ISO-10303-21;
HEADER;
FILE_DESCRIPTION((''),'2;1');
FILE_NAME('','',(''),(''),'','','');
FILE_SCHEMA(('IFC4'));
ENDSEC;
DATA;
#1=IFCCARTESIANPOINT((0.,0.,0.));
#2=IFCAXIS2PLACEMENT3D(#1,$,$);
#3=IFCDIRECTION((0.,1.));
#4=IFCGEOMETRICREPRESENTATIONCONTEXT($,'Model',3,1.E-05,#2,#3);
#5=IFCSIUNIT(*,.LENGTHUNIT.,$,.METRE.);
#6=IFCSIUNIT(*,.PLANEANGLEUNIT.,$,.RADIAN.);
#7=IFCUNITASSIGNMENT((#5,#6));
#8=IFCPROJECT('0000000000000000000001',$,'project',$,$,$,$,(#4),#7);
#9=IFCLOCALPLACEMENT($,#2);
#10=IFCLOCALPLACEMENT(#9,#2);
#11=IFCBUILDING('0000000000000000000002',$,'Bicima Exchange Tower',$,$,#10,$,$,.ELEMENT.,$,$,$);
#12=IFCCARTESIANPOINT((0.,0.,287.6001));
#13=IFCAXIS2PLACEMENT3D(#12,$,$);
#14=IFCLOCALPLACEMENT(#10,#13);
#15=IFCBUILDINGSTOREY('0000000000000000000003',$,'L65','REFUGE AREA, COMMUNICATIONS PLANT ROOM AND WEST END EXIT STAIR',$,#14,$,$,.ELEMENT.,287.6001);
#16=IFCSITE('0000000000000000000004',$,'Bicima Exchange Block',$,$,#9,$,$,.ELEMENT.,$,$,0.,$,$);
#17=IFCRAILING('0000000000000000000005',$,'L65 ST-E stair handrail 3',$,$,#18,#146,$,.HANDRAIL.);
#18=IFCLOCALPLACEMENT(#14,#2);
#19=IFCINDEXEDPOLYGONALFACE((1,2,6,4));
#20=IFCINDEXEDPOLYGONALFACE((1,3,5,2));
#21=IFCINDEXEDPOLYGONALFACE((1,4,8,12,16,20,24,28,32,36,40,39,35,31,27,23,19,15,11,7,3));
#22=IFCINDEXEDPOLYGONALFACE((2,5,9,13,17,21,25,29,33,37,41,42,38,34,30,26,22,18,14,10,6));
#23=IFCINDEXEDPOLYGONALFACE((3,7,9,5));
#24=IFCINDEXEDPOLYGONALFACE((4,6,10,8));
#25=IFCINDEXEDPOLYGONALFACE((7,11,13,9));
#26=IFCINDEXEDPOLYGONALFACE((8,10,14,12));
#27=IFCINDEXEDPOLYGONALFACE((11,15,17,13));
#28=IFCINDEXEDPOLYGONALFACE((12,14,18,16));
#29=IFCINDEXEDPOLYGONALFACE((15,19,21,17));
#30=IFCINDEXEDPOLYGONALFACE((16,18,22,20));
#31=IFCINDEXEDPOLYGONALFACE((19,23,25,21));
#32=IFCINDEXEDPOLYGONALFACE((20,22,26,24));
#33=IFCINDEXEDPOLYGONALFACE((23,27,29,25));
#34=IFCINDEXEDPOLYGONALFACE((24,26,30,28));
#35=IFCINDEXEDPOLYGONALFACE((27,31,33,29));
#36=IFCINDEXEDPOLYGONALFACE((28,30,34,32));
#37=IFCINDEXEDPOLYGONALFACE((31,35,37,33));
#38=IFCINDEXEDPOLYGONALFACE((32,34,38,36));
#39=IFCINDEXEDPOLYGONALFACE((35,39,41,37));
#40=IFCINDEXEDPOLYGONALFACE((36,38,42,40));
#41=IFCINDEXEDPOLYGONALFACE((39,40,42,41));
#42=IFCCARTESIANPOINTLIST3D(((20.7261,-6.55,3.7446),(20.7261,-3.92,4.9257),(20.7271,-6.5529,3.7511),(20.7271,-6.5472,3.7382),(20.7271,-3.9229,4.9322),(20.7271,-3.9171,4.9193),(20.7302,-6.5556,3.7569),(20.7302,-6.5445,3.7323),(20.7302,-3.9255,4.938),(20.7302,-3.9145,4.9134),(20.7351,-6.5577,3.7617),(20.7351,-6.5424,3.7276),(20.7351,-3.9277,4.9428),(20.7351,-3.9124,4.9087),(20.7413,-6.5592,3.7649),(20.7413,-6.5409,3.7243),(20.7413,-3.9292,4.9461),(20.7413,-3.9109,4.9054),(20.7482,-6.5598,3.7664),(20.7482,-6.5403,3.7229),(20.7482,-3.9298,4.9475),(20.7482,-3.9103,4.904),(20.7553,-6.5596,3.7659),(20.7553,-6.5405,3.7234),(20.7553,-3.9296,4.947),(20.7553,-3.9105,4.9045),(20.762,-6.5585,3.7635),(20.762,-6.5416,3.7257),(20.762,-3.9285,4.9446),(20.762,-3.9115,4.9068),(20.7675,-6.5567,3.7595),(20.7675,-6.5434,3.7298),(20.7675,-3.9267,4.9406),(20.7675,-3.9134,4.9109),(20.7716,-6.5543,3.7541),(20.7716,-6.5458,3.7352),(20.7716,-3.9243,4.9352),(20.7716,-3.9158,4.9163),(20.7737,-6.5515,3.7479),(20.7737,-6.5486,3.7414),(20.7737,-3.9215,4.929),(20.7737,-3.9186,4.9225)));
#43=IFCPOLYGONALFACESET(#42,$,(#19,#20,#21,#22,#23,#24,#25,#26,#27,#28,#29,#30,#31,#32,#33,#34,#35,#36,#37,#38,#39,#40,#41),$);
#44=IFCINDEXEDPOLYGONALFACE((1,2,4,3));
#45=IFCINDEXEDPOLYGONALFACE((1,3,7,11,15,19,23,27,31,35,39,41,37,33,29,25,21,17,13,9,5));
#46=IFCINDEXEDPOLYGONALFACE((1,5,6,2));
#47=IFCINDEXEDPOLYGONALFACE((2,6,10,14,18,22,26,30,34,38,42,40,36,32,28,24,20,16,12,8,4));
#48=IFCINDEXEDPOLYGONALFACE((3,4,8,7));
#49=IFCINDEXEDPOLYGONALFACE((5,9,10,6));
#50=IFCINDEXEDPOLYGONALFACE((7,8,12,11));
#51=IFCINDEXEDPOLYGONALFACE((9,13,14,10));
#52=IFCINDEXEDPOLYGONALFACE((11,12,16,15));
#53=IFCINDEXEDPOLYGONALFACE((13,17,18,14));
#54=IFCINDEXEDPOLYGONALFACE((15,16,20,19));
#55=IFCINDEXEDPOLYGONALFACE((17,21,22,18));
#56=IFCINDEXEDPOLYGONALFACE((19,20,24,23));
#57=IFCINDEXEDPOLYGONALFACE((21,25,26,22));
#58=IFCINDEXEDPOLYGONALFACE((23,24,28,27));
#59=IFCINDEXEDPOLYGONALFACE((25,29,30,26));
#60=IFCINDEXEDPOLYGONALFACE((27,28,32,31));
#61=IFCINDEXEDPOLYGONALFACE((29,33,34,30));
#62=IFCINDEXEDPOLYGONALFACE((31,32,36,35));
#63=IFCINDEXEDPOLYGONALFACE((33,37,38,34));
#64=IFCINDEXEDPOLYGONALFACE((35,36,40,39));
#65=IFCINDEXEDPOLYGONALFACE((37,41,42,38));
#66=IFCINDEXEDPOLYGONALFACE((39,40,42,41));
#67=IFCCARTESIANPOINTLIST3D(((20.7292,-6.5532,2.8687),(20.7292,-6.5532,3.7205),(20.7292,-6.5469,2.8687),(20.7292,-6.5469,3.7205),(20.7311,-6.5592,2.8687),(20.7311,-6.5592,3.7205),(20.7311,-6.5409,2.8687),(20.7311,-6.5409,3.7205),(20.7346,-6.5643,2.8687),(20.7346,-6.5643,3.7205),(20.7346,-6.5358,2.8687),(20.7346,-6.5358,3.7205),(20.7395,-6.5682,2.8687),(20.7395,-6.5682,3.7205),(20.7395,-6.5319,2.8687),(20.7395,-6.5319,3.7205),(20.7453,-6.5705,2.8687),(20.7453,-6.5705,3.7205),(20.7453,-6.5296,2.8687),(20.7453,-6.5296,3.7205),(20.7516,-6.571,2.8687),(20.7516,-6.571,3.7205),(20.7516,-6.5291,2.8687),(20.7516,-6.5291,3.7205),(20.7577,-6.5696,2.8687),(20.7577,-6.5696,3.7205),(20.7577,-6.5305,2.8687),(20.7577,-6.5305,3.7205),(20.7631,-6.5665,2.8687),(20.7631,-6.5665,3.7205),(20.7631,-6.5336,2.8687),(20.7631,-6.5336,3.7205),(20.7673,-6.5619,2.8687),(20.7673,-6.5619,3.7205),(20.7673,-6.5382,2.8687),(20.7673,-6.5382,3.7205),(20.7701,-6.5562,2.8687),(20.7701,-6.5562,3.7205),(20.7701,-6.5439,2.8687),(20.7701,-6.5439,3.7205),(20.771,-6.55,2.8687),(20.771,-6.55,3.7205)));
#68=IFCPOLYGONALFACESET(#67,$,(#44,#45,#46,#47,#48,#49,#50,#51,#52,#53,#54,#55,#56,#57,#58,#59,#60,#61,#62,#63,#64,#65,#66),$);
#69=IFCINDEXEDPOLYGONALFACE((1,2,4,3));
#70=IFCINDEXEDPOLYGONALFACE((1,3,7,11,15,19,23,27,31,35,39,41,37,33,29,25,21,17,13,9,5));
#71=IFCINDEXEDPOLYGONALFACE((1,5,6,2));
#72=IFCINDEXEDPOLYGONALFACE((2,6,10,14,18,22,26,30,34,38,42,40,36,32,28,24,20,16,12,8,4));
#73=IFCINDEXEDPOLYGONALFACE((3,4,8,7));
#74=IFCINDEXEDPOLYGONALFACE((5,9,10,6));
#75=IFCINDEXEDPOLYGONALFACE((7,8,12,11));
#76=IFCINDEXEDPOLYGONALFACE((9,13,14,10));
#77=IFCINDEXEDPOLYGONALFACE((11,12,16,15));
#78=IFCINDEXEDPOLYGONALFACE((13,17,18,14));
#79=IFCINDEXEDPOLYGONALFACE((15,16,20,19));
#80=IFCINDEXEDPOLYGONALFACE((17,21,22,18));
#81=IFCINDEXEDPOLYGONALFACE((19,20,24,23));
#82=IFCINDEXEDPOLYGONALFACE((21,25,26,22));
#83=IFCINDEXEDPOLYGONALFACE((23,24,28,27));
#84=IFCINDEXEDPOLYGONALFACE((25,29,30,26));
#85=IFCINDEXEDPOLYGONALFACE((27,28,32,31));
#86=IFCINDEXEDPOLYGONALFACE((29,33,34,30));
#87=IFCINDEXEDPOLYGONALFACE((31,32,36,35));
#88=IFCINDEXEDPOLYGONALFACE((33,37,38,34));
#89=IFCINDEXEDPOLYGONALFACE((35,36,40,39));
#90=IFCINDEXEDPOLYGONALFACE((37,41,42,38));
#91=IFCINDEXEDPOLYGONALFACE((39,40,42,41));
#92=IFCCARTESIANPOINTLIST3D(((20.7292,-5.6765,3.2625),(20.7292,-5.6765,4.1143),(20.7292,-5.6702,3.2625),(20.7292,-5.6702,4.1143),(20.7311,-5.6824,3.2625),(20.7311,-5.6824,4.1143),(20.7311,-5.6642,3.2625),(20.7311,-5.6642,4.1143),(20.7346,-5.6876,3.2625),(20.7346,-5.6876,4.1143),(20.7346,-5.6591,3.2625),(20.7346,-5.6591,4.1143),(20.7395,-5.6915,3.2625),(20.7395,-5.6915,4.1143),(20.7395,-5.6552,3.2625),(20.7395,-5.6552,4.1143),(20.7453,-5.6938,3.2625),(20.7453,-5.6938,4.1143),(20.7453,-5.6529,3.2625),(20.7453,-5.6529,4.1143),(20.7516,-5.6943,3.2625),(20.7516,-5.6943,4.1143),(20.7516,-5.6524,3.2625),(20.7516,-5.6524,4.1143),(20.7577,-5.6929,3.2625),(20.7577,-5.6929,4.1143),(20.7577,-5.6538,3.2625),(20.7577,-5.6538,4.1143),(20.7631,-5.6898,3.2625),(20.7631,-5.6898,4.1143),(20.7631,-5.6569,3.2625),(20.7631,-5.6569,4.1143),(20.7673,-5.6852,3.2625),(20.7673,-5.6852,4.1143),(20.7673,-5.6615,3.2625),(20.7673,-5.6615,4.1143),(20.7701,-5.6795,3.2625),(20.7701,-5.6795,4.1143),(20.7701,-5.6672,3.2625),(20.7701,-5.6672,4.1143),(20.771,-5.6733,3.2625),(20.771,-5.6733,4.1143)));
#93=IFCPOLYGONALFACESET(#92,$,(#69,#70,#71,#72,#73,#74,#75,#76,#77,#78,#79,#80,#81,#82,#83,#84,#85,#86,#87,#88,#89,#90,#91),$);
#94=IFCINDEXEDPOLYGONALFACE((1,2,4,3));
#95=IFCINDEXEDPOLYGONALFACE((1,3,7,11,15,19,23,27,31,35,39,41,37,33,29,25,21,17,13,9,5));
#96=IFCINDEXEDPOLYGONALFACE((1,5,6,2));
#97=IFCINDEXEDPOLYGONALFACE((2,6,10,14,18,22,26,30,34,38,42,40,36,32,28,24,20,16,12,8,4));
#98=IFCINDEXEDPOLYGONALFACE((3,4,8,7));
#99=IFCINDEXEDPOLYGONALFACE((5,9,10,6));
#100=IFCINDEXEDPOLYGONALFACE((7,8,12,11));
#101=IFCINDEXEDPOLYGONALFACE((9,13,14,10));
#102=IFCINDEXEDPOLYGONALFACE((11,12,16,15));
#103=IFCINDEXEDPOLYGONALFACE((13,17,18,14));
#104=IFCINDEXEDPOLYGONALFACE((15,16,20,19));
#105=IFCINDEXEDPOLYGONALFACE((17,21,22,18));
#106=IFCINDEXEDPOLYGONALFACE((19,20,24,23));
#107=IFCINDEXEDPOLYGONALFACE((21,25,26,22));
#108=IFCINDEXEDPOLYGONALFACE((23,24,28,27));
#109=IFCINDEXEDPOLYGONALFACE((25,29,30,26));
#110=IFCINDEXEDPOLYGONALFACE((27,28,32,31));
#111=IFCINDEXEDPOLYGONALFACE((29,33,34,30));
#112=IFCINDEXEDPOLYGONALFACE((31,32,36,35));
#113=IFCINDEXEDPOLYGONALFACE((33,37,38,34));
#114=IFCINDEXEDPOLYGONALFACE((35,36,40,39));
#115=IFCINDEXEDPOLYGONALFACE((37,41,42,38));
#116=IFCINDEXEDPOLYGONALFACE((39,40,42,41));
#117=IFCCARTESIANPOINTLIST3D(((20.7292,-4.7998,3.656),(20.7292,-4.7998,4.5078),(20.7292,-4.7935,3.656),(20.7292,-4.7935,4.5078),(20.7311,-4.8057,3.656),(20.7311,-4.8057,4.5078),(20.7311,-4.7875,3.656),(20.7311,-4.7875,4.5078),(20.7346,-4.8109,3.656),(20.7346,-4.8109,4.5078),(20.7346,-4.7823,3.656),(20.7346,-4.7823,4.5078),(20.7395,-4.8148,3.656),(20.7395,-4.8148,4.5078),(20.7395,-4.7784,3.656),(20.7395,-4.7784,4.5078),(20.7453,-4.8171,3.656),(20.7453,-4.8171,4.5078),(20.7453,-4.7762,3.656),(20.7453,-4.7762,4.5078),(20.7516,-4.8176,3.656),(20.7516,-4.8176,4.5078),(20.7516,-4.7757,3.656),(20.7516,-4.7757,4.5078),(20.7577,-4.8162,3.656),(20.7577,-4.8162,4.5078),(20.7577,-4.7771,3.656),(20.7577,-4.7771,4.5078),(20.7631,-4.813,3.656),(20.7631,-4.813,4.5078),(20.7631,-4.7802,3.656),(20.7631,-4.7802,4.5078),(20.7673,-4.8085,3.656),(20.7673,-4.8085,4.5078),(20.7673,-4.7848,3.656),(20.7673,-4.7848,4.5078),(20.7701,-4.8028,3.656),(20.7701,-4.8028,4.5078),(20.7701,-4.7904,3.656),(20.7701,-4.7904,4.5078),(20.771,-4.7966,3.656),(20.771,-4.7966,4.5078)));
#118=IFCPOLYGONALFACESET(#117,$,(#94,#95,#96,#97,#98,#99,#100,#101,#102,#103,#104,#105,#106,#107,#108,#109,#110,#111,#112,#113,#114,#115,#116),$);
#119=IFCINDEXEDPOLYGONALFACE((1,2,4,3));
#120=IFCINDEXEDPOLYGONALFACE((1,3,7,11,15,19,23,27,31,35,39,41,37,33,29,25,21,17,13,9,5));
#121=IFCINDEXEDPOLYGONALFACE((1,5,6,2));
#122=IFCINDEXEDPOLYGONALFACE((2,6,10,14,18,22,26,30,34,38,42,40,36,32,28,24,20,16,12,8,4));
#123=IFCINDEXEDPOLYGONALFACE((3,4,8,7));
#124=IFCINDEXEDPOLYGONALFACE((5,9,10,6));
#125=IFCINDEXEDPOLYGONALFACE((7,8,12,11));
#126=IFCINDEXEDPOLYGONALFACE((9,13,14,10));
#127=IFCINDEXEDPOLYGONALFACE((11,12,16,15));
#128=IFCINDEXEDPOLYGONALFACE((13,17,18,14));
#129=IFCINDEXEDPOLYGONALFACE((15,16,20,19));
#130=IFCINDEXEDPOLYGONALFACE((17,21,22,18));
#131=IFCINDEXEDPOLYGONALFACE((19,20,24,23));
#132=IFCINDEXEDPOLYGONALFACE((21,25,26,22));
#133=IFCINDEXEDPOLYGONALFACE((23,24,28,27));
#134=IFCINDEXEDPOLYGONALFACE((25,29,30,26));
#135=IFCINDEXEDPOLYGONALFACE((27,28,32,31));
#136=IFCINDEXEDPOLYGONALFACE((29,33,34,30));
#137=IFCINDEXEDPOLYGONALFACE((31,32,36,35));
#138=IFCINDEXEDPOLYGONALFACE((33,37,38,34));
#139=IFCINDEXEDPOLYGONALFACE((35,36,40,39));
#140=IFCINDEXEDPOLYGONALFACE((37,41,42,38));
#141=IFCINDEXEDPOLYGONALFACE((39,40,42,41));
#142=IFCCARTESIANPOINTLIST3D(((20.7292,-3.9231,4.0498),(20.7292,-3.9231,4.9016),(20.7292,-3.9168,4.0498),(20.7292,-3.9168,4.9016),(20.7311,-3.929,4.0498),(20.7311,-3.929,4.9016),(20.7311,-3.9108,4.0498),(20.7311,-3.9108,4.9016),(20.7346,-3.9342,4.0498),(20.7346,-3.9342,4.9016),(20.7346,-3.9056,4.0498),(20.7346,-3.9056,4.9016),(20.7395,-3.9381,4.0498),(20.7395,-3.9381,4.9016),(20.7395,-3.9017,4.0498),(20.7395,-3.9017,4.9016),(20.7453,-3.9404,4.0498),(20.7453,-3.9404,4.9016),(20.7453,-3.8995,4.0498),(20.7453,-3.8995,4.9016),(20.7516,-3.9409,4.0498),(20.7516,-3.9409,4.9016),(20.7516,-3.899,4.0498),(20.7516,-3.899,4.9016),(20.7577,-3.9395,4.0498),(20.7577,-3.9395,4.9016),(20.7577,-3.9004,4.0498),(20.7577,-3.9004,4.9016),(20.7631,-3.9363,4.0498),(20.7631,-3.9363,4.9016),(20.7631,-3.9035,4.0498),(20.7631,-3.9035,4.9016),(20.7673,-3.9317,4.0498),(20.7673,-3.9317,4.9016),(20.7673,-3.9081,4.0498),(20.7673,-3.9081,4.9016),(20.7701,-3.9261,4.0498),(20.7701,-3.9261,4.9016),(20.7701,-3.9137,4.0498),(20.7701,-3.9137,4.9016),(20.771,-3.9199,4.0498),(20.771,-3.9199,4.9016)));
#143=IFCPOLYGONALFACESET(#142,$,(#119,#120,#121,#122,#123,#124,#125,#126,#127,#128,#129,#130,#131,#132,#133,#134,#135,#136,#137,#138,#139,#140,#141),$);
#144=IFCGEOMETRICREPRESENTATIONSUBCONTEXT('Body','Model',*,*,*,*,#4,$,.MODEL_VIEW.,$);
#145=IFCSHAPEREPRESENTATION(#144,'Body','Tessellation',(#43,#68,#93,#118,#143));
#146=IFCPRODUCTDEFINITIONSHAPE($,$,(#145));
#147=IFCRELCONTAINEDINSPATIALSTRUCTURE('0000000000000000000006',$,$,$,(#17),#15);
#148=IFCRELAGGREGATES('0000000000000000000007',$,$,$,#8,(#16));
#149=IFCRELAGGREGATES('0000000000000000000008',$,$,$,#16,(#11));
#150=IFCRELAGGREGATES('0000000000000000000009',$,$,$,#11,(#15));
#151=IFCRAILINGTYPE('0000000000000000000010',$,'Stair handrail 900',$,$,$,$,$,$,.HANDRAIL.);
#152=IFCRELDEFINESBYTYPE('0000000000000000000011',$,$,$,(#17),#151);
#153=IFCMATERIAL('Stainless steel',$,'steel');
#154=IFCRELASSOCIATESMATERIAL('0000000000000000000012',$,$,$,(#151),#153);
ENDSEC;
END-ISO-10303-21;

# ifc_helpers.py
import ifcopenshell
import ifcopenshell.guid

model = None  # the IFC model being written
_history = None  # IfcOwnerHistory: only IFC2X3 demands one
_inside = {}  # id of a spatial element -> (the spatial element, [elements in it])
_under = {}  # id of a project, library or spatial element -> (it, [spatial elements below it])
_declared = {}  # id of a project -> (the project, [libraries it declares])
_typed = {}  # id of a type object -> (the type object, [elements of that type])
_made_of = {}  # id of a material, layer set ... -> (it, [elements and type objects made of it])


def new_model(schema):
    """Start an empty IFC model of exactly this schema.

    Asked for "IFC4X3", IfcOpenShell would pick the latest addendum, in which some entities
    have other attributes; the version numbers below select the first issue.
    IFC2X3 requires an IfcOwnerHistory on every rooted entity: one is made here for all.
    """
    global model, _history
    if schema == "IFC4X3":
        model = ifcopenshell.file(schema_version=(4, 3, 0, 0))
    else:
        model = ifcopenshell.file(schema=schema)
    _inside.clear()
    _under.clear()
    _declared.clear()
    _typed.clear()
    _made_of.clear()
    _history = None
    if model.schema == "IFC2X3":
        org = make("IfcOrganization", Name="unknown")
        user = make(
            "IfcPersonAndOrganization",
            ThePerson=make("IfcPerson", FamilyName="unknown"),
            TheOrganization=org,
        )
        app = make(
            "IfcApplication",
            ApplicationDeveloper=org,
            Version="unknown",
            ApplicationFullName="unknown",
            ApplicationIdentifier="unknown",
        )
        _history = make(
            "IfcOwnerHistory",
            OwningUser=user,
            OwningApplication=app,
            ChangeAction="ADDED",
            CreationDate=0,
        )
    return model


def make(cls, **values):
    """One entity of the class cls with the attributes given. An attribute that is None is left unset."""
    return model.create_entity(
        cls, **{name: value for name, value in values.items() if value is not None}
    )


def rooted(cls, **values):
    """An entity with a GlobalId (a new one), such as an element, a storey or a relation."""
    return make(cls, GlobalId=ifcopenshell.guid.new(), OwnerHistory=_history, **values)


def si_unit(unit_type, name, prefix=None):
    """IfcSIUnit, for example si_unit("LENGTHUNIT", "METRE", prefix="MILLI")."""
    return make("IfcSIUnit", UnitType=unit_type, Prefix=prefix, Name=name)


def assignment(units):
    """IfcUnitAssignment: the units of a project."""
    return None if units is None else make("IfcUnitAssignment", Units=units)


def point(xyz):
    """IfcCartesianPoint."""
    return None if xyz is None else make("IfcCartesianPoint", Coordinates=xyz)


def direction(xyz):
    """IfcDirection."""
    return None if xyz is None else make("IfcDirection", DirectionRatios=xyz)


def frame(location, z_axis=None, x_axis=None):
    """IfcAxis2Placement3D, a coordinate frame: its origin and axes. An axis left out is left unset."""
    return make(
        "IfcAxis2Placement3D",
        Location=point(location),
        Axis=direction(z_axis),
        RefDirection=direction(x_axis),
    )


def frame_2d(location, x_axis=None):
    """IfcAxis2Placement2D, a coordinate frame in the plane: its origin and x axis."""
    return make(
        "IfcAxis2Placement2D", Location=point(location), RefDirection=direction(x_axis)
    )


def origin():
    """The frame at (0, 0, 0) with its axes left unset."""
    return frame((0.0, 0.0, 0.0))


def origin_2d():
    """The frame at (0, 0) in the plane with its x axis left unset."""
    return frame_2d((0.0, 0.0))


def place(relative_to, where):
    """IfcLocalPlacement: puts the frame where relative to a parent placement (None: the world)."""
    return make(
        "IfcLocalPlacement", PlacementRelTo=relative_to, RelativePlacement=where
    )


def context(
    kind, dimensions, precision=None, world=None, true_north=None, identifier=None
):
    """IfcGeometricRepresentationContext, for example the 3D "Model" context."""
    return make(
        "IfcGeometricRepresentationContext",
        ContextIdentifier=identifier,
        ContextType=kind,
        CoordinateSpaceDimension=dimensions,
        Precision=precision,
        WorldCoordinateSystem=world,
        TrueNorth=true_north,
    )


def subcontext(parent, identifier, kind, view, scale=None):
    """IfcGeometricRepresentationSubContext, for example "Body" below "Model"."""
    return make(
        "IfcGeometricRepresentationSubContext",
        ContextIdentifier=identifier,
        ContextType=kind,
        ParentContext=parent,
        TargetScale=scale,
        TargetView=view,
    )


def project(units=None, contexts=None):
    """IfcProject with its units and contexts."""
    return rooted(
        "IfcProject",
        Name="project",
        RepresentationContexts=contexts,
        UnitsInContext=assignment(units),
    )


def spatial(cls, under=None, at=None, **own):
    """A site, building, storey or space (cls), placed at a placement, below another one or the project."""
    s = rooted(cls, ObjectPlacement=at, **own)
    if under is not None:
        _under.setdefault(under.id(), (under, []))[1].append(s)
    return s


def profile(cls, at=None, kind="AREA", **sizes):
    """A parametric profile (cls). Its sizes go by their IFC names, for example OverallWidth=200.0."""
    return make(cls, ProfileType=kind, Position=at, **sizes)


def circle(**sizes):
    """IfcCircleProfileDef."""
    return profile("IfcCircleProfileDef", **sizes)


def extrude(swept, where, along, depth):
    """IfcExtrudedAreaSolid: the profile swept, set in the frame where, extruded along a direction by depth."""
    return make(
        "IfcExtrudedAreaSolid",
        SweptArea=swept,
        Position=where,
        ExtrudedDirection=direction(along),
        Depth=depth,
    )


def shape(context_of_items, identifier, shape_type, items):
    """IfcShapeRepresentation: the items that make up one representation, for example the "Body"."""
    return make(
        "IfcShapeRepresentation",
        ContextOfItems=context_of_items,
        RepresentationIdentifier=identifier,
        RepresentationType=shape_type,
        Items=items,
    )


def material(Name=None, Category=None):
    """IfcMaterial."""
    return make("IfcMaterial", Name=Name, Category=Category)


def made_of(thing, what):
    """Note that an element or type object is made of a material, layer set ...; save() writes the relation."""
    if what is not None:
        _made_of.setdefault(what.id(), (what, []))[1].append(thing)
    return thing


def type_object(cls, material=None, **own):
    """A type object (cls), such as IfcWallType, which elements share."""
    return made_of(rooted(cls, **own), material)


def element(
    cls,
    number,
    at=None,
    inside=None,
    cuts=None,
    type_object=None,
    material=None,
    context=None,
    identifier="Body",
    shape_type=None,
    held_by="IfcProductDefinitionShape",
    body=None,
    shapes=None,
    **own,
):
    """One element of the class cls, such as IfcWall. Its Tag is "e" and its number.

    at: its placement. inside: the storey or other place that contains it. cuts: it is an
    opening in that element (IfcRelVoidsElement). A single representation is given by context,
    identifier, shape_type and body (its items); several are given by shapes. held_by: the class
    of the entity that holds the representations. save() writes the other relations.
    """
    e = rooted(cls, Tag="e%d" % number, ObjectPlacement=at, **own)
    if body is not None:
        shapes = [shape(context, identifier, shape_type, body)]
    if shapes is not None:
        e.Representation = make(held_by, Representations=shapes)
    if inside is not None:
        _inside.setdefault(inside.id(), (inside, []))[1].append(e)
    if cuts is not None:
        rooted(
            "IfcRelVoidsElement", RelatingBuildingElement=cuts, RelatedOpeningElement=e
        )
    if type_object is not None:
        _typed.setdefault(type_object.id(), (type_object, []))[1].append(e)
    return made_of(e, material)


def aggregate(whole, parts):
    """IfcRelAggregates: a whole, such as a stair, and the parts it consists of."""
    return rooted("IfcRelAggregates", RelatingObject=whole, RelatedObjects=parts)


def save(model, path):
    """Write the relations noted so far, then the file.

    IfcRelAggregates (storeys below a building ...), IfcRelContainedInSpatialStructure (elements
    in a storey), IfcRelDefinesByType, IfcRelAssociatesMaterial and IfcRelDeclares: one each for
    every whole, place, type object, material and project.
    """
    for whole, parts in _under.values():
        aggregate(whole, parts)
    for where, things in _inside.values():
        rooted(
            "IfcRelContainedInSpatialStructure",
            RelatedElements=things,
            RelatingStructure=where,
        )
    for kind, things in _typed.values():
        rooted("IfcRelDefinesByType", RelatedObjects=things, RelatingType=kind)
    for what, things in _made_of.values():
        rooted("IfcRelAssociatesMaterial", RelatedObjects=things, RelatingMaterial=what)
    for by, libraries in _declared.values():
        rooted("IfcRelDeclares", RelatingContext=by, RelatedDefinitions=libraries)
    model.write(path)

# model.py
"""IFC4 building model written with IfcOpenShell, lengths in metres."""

from ifc_helpers import new_model, si_unit, direction, frame, origin, origin_2d, place, context, subcontext, project, spatial, circle, extrude, material, type_object, element, save


model = new_model("IFC4")

# Units and contexts
model_context = context("Model", 3, precision=1e-05, world=origin(), true_north=direction((0.0, 1.0)))
body_context = subcontext(model_context, "Body", "Model", "MODEL_VIEW")
ifc_project = project(units=[si_unit("LENGTHUNIT", "METRE"), si_unit("PLANEANGLEUNIT", "RADIAN")], contexts=[model_context])

# Site, building, storey
site_placement = place(None, origin())
site = spatial("IfcSite", under=ifc_project, at=site_placement, Name="Bicima Exchange Block", CompositionType="ELEMENT", RefElevation=0.0)
building_placement = place(site_placement, origin())
building = spatial("IfcBuilding", under=site, at=building_placement, Name="Bicima Exchange Tower", CompositionType="ELEMENT")
storey_placement = place(building_placement, frame((0.0, 0.0, 287.6001)))
storey = spatial("IfcBuildingStorey", under=building, at=storey_placement, Name="L65", Description="REFUGE AREA, COMMUNICATIONS PLANT ROOM AND WEST END EXIT STAIR", CompositionType="ELEMENT", Elevation=287.6001)

# Railing
ifc_material_1 = material(Name="Stainless steel", Category="steel")
railing_type_1 = type_object("IfcRailingType", Name="Stair handrail 900", PredefinedType="HANDRAIL", material=ifc_material_1)
for number, where, name in (
    (1, (20.75, -6.55, 2.8687), "L65 ST-E stair handrail 3"),
):
    element("IfcRailing", number, at=place(storey_placement, frame(where)), inside=storey, type_object=railing_type_1, Name=name, PredefinedType="HANDRAIL", context=body_context, shape_type="SweptSolid", body=[
        extrude(circle(Radius=0.0239, at=origin_2d()), frame((0.0, 0.0, 0.876), z_axis=(0.0, 0.912233, 0.409671), x_axis=(-1.0, 0.0, 0.0)), (0.0, 0.0, 1.0), 2.8831),
        extrude(circle(Radius=0.021, at=origin_2d()), origin(), (0.0, 0.0, 1.0), 0.8518),
        extrude(circle(Radius=0.021, at=origin_2d()), frame((0.0, 0.8767, 0.3938)), (0.0, 0.0, 1.0), 0.8518),
        extrude(circle(Radius=0.021, at=origin_2d()), frame((0.0, 1.7534, 0.7874)), (0.0, 0.0, 1.0), 0.8518),
        extrude(circle(Radius=0.021, at=origin_2d()), frame((0.0, 2.6301, 1.1812)), (0.0, 0.0, 1.0), 0.8518),
    ])

save(model, "model.ifc")
